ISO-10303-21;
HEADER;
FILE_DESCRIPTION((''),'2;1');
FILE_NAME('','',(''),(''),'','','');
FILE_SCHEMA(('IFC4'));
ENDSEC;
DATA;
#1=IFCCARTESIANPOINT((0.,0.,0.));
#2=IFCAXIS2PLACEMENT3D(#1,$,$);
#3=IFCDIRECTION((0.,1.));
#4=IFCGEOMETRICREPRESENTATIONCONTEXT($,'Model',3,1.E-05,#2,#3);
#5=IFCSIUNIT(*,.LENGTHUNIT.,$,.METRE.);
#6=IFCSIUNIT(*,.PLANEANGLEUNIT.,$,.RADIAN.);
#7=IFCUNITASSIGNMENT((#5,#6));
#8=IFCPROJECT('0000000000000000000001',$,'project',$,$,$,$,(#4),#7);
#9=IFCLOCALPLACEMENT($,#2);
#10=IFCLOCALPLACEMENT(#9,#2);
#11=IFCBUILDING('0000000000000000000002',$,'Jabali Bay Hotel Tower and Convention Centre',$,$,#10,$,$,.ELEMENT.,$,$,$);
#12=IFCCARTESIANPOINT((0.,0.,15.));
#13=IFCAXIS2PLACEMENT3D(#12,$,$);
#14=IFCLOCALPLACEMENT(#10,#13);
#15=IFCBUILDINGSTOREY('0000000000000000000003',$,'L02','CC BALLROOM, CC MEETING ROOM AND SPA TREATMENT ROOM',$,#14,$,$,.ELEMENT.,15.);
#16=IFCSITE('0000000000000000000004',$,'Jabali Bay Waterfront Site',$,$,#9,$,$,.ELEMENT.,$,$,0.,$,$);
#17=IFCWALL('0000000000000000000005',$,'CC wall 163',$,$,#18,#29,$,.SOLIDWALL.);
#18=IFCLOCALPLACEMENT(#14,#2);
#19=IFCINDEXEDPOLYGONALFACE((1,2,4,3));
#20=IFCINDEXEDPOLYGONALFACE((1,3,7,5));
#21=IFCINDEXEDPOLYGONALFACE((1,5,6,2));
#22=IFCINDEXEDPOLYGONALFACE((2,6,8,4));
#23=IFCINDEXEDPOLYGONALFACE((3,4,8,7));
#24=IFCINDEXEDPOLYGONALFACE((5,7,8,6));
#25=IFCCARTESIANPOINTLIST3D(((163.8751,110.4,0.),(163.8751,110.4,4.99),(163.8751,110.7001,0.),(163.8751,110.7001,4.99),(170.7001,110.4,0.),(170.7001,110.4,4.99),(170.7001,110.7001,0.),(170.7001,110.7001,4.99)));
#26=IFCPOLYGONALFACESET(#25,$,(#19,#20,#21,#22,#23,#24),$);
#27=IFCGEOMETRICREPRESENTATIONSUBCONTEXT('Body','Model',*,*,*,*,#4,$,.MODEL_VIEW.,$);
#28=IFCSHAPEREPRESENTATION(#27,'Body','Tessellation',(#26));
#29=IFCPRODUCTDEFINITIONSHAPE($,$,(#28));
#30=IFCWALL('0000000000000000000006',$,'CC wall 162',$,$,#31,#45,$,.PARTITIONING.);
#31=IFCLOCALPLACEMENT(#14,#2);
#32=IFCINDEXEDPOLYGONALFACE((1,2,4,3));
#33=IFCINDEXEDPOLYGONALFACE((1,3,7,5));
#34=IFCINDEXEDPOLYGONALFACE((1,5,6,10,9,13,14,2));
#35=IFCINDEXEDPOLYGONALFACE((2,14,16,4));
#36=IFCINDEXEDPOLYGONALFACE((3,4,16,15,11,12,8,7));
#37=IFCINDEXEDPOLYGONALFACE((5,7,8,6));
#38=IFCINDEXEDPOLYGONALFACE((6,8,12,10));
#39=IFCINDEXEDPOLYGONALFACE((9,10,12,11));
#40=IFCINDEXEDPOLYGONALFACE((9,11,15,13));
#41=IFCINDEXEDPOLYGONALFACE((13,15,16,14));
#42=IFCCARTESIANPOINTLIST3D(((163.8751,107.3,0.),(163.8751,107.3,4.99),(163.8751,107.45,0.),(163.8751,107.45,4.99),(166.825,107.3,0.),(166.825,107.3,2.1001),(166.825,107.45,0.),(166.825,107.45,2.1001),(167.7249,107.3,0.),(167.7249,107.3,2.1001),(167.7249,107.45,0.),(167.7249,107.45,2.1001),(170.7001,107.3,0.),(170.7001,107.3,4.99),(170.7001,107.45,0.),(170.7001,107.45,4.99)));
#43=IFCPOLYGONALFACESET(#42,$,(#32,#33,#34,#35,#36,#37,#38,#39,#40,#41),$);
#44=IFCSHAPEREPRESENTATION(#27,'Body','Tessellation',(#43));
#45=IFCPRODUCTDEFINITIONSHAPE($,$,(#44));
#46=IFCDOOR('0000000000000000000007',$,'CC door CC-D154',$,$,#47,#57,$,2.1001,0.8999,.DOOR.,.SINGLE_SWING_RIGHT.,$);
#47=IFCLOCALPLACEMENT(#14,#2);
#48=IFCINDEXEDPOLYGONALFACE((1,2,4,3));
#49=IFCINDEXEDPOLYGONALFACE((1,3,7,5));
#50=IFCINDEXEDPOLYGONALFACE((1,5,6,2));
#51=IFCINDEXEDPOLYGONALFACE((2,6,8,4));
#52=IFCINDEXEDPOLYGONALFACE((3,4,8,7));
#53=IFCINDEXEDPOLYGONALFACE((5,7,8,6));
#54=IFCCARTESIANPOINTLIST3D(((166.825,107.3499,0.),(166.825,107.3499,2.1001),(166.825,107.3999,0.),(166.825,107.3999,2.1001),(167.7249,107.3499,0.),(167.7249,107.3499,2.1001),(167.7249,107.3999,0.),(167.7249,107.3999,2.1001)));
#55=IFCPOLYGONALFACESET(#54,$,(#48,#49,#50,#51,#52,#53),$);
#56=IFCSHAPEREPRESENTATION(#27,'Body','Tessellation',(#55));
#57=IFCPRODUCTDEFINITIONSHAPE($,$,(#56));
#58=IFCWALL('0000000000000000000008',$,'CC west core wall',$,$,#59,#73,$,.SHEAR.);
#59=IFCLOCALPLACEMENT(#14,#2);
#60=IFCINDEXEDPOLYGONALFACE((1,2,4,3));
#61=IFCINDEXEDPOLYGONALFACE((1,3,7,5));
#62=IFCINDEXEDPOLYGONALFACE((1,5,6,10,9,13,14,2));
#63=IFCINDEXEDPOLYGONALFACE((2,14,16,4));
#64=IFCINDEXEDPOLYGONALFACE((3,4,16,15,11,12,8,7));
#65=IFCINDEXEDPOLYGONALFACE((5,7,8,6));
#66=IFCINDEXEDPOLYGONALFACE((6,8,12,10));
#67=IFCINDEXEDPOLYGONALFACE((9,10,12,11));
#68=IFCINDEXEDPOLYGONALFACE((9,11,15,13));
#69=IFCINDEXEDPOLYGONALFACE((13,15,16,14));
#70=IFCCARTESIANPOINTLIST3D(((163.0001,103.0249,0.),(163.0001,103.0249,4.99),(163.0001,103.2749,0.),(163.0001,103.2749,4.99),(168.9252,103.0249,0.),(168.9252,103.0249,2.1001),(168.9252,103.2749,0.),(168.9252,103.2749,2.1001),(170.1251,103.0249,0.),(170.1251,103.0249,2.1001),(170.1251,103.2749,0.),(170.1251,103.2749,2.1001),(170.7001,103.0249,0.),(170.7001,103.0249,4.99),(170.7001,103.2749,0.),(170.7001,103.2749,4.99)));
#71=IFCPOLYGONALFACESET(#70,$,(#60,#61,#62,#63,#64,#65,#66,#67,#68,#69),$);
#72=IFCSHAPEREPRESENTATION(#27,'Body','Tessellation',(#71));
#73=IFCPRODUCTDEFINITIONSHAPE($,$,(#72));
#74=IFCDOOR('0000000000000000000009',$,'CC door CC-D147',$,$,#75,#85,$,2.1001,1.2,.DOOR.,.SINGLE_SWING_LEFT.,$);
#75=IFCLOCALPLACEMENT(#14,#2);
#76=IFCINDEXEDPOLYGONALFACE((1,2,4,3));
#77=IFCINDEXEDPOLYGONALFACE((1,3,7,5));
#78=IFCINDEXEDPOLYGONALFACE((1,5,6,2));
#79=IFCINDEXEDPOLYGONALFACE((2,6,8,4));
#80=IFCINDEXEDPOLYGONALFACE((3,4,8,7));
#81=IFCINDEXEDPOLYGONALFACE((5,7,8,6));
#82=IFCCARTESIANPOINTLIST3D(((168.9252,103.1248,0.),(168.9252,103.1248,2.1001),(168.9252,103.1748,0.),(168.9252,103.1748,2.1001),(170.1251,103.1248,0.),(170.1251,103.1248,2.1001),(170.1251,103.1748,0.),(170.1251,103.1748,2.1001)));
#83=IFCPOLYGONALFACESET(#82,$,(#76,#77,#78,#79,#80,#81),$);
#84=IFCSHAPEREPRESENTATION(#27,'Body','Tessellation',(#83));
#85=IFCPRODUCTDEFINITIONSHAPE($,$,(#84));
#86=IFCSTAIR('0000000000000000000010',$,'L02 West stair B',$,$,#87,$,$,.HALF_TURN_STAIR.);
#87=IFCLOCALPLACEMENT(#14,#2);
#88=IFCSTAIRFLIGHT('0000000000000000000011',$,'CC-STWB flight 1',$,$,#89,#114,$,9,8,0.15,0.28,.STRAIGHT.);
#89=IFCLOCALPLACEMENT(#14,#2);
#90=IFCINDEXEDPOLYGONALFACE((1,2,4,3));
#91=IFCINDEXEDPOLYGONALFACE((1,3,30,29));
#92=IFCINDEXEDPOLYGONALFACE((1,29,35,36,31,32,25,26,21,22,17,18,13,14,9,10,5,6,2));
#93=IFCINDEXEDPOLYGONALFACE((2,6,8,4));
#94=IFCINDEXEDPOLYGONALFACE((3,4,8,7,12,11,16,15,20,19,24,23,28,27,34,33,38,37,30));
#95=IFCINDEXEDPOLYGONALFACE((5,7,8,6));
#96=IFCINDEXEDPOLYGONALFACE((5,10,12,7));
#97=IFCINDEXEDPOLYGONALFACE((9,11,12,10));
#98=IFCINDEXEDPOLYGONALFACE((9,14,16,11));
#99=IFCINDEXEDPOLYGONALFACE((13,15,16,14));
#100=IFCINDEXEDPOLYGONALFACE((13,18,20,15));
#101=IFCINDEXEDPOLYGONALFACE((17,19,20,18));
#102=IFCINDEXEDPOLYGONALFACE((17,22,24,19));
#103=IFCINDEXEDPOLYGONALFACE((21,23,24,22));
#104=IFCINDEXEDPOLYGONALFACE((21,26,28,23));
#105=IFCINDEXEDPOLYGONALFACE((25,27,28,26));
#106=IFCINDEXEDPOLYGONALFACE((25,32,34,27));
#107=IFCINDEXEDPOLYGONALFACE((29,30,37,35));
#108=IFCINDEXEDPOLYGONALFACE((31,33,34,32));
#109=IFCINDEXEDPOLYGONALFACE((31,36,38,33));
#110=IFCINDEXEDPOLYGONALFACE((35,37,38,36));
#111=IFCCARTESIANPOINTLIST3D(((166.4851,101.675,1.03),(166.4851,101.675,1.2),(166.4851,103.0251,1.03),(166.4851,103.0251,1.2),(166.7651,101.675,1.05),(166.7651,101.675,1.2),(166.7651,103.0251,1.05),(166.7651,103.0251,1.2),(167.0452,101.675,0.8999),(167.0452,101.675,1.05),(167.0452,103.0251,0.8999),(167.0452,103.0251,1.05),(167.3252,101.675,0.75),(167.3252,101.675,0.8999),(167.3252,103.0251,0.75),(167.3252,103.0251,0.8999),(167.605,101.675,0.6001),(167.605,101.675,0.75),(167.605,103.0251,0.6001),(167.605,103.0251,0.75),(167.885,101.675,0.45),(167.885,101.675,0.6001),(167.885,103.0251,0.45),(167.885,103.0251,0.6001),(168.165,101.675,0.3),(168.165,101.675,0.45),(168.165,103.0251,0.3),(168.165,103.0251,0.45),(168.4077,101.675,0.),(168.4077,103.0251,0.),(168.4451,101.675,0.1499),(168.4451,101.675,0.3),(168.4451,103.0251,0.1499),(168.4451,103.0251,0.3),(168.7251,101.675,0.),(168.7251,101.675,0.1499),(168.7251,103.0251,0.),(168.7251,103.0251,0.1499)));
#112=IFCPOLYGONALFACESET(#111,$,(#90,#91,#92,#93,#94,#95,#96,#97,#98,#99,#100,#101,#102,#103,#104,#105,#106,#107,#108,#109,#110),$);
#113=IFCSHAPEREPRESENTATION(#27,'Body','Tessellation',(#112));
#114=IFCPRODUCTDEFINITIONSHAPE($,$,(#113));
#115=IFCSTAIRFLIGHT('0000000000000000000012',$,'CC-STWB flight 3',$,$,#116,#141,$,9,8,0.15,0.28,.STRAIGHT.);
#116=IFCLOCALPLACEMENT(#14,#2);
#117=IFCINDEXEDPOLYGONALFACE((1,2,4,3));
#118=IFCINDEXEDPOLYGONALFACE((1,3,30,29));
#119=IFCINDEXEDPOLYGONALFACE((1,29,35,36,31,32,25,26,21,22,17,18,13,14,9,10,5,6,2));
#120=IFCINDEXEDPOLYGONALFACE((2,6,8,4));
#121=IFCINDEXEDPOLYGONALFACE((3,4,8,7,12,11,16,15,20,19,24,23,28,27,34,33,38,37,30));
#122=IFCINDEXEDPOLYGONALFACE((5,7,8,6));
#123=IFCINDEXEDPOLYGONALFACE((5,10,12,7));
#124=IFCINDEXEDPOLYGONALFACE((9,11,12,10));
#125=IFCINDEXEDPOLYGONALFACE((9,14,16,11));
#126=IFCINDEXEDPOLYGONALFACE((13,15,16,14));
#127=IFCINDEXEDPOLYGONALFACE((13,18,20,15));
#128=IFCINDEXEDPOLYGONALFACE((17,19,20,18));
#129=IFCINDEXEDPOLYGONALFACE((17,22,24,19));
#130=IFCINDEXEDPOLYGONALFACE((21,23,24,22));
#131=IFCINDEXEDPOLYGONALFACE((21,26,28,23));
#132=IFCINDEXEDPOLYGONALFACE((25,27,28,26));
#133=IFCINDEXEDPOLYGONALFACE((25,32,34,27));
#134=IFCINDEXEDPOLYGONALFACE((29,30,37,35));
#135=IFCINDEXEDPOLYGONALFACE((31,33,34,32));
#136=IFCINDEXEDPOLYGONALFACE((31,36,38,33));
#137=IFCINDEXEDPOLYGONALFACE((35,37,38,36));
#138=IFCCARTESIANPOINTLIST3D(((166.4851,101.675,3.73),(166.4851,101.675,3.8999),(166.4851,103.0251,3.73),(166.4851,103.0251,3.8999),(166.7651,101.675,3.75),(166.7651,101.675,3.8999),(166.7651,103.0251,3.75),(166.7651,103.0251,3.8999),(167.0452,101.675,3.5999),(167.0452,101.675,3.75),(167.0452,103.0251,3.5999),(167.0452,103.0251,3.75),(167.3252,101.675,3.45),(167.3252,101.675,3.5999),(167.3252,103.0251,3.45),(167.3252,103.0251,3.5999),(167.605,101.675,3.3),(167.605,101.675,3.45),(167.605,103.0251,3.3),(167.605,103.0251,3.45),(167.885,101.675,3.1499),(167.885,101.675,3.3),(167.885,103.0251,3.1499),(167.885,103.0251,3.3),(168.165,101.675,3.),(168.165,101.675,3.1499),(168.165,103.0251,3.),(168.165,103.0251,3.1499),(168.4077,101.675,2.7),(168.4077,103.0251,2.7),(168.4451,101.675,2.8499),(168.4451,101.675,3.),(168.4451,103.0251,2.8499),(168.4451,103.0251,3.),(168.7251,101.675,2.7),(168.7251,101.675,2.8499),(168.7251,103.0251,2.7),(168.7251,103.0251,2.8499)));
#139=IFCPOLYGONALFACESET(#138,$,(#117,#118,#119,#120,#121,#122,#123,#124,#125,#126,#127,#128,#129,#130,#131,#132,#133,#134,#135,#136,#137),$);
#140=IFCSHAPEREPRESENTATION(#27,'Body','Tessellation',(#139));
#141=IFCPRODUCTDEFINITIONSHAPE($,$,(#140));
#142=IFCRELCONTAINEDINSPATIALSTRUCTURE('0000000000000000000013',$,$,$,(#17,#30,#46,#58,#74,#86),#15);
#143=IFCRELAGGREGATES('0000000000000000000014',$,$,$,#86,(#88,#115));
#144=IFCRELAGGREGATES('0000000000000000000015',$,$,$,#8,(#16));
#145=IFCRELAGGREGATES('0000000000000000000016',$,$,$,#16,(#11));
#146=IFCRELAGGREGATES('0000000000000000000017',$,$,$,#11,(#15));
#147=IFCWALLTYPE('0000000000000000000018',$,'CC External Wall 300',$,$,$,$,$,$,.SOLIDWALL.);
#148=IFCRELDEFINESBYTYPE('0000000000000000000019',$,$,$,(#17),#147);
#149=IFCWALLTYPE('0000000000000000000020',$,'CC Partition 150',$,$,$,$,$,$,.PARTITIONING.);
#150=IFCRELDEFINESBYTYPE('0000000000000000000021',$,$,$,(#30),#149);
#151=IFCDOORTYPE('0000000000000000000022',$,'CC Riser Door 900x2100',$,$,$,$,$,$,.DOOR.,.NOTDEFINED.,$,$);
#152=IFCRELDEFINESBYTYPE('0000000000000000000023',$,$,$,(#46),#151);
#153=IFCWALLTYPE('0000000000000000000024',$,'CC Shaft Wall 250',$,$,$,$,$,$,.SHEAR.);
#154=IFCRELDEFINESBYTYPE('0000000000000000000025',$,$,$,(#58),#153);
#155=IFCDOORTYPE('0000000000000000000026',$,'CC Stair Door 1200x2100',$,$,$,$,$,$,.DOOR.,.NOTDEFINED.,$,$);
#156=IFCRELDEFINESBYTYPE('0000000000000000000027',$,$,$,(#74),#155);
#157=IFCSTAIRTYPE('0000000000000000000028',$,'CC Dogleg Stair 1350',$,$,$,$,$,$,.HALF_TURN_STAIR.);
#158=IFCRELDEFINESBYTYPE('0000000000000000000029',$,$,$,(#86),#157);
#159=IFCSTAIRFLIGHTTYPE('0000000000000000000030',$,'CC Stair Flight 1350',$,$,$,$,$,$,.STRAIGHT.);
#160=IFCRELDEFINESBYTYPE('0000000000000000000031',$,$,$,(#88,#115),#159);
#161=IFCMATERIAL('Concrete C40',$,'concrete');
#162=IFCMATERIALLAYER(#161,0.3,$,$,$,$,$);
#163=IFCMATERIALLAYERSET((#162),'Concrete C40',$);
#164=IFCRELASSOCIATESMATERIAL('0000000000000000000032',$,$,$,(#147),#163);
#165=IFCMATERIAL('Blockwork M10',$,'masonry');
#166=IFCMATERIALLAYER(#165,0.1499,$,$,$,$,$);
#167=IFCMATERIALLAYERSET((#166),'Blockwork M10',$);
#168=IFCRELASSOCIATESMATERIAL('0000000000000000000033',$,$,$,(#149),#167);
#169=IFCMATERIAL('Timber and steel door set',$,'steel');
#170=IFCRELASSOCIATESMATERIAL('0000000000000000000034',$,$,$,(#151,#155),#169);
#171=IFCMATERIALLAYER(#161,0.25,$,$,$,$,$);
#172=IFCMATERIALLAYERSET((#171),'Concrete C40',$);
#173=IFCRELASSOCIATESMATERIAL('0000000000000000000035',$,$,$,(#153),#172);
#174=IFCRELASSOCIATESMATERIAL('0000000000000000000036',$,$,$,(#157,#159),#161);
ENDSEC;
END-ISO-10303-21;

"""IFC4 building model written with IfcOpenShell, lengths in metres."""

from ifc_helpers import new_model, si_unit, direction, frame, frame_2d, origin, place, context, subcontext, project, spatial, polyline, rectangle, outline, extrude, material, layer, layer_set, type_object, element, fill, aggregate, save


model = new_model("IFC4")

# Units and contexts
model_context = context("Model", 3, precision=1e-05, world=origin(), true_north=direction((0.0, 1.0)))
body_context = subcontext(model_context, "Body", "Model", "MODEL_VIEW")
ifc_project = project(units=[si_unit("LENGTHUNIT", "METRE"), si_unit("PLANEANGLEUNIT", "RADIAN")], contexts=[model_context])

# Site, building, storey
site_placement = place(None, origin())
site = spatial("IfcSite", under=ifc_project, at=site_placement, Name="Jabali Bay Waterfront Site", CompositionType="ELEMENT", RefElevation=0.0)
building_placement = place(site_placement, origin())
building = spatial("IfcBuilding", under=site, at=building_placement, Name="Jabali Bay Hotel Tower and Convention Centre", CompositionType="ELEMENT")
storey_placement = place(building_placement, frame((0.0, 0.0, 15.0)))
storey = spatial("IfcBuildingStorey", under=building, at=storey_placement, Name="L02", Description="CC BALLROOM, CC MEETING ROOM AND SPA TREATMENT ROOM", CompositionType="ELEMENT", Elevation=15.0)

# Wall
ifc_material_1 = material(Name="Concrete C40", Category="concrete")
ifc_layer_1 = layer(ifc_material_1, 0.3)
ifc_layer_set_1 = layer_set([ifc_layer_1], Name="Concrete C40")
wall_type_1 = type_object("IfcWallType", Name="CC External Wall 300", PredefinedType="SOLIDWALL", material=ifc_layer_set_1)
wall_1_placement = place(storey_placement, frame((163.875, 110.55, 0.0), z_axis=(0.0, 0.0, 1.0), x_axis=(1.0, 0.0, 0.0)))
element("IfcWall", 1, at=wall_1_placement, inside=storey, type_object=wall_type_1, Name="CC wall 163", PredefinedType="SOLIDWALL", context=body_context, shape_type="SweptSolid", body=[
    extrude(rectangle(XDim=6.825, YDim=0.3, at=frame_2d((3.4126, 0.0))), origin(), (0.0, 0.0, 1.0), 4.99),
])

# Walls, openings, doors
ifc_material_2 = material(Name="Blockwork M10", Category="masonry")
ifc_layer_2 = layer(ifc_material_2, 0.1499)
ifc_layer_set_2 = layer_set([ifc_layer_2], Name="Blockwork M10")
wall_type_2 = type_object("IfcWallType", Name="CC Partition 150", PredefinedType="PARTITIONING", material=ifc_layer_set_2)
wall_2_placement = place(storey_placement, frame((163.875, 107.375, 0.0), z_axis=(0.0, 0.0, 1.0), x_axis=(1.0, 0.0, 0.0)))
wall_2 = element("IfcWall", 2, at=wall_2_placement, inside=storey, type_object=wall_type_2, Name="CC wall 162", PredefinedType="PARTITIONING", context=body_context, shape_type="SweptSolid", body=[
    extrude(rectangle(XDim=6.825, YDim=0.1499, at=frame_2d((3.4126, 0.0))), origin(), (0.0, 0.0, 1.0), 4.99),
])
opening_1_placement = place(wall_2_placement, frame((2.95, 0.0, 0.0)))
opening_1 = element("IfcOpeningElement", 3, at=opening_1_placement, cuts=wall_2, PredefinedType="OPENING", context=body_context, shape_type="SweptSolid", body=[
    extrude(rectangle(XDim=0.8999, YDim=2.1001, at=frame_2d((0.45, 1.05))), frame((0.0, 0.0854, 0.0), z_axis=(0.0, -1.0, 0.0), x_axis=(1.0, 0.0, 0.0)), (0.0, 0.0, 1.0), 0.1709),
])
ifc_material_3 = material(Name="Timber and steel door set", Category="steel")
door_type_1 = type_object("IfcDoorType", Name="CC Riser Door 900x2100", OperationType="NOTDEFINED", PredefinedType="DOOR", material=ifc_material_3)
door_1_placement = place(opening_1_placement, origin())
door_1 = element("IfcDoor", 4, at=door_1_placement, inside=storey, type_object=door_type_1, Name="CC door CC-D154", OperationType="SINGLE_SWING_RIGHT", OverallHeight=2.1001, OverallWidth=0.8999, PredefinedType="DOOR", context=body_context, shape_type="SweptSolid", body=[
    extrude(rectangle(XDim=0.8999, YDim=2.1001, at=frame_2d((0.45, 1.05))), frame((0.0, 0.0249, 0.0), z_axis=(0.0, -1.0, 0.0), x_axis=(1.0, 0.0, 0.0)), (0.0, 0.0, 1.0), 0.05),
])
fill(opening_1, door_1)
ifc_layer_3 = layer(ifc_material_1, 0.25)
ifc_layer_set_3 = layer_set([ifc_layer_3], Name="Concrete C40")
wall_type_3 = type_object("IfcWallType", Name="CC Shaft Wall 250", PredefinedType="SHEAR", material=ifc_layer_set_3)
wall_3_placement = place(storey_placement, frame((163.0, 103.1499, 0.0), z_axis=(0.0, 0.0, 1.0), x_axis=(1.0, 0.0, 0.0)))
wall_3 = element("IfcWall", 5, at=wall_3_placement, inside=storey, type_object=wall_type_3, Name="CC west core wall", PredefinedType="SHEAR", context=body_context, shape_type="SweptSolid", body=[
    extrude(rectangle(XDim=7.7, YDim=0.25, at=frame_2d((3.8501, 0.0))), origin(), (0.0, 0.0, 1.0), 4.99),
])
opening_2_placement = place(wall_3_placement, frame((5.925, 0.0, 0.0)))
opening_2 = element("IfcOpeningElement", 6, at=opening_2_placement, cuts=wall_3, PredefinedType="OPENING", context=body_context, shape_type="SweptSolid", body=[
    extrude(rectangle(XDim=1.2, YDim=2.1001, at=frame_2d((0.6001, 1.05))), frame((0.0, 0.1355, 0.0), z_axis=(0.0, -1.0, 0.0), x_axis=(1.0, 0.0, 0.0)), (0.0, 0.0, 1.0), 0.271),
])
door_type_2 = type_object("IfcDoorType", Name="CC Stair Door 1200x2100", OperationType="NOTDEFINED", PredefinedType="DOOR", material=ifc_material_3)
door_2_placement = place(opening_2_placement, origin())
door_2 = element("IfcDoor", 7, at=door_2_placement, inside=storey, type_object=door_type_2, Name="CC door CC-D147", OperationType="SINGLE_SWING_LEFT", OverallHeight=2.1001, OverallWidth=1.2, PredefinedType="DOOR", context=body_context, shape_type="SweptSolid", body=[
    extrude(rectangle(XDim=1.2, YDim=2.1001, at=frame_2d((0.6001, 1.05))), frame((0.0, 0.0249, 0.0), z_axis=(0.0, -1.0, 0.0), x_axis=(1.0, 0.0, 0.0)), (0.0, 0.0, 1.0), 0.05),
])
fill(opening_2, door_2)

# Stair, stair flights
stair_type = type_object("IfcStairType", Name="CC Dogleg Stair 1350", PredefinedType="HALF_TURN_STAIR", material=ifc_material_1)
stair_placement = place(storey_placement, origin())
stair = element("IfcStair", 8, at=stair_placement, inside=storey, type_object=stair_type, Name="L02 West stair B", PredefinedType="HALF_TURN_STAIR")
stair_flight_type = type_object("IfcStairFlightType", Name="CC Stair Flight 1350", PredefinedType="STRAIGHT", material=ifc_material_1)
stair_flight_1_placement = place(storey_placement, frame((168.7251, 102.3501, 0.0), z_axis=(0.0, 0.0, 1.0), x_axis=(-1.0, 0.0, 0.0)))
stair_flight_1 = element("IfcStairFlight", 9, at=stair_flight_1_placement, type_object=stair_flight_type, Name="CC-STWB flight 1", NumberOfRisers=9, NumberOfTreads=8, PredefinedType="STRAIGHT", RiserHeight=0.15, TreadLength=0.28, context=body_context, shape_type="SweptSolid", body=[
    extrude(outline(polyline([(0.0, 0.0), (0.0, 0.1499), (0.28, 0.1499), (0.28, 0.3), (0.5601, 0.3), (0.5601, 0.45), (0.8401, 0.45), (0.8401, 0.6001), (1.1201, 0.6001), (1.1201, 0.75), (1.3999, 0.75), (1.3999, 0.8999), (1.6799, 0.8999), (1.6799, 1.05), (1.96, 1.05), (1.96, 1.2), (2.24, 1.2), (2.24, 1.3501), (2.24, 1.03), (0.3174, 0.0), (0.0, 0.0)])), frame((0.0, 0.675, 0.0), z_axis=(0.0, -1.0, 0.0), x_axis=(1.0, 0.0, 0.0)), (0.0, 0.0, 1.0), 1.3501),
])
stair_flight_2_placement = place(storey_placement, frame((168.7251, 102.3501, 2.7), z_axis=(0.0, 0.0, 1.0), x_axis=(-1.0, 0.0, 0.0)))
stair_flight_2 = element("IfcStairFlight", 10, at=stair_flight_2_placement, type_object=stair_flight_type, Name="CC-STWB flight 3", NumberOfRisers=9, NumberOfTreads=8, PredefinedType="STRAIGHT", RiserHeight=0.15, TreadLength=0.28, context=body_context, shape_type="SweptSolid", body=[
    extrude(outline(polyline([(0.0, 0.0), (0.0, 0.1499), (0.28, 0.1499), (0.28, 0.3), (0.5601, 0.3), (0.5601, 0.45), (0.8401, 0.45), (0.8401, 0.6001), (1.1201, 0.6001), (1.1201, 0.75), (1.3999, 0.75), (1.3999, 0.8999), (1.6799, 0.8999), (1.6799, 1.05), (1.96, 1.05), (1.96, 1.2), (2.24, 1.2), (2.24, 1.3501), (2.24, 1.03), (0.3174, 0.0), (0.0, 0.0)])), frame((0.0, 0.675, 0.0), z_axis=(0.0, -1.0, 0.0), x_axis=(1.0, 0.0, 0.0)), (0.0, 0.0, 1.0), 1.3501),
])
aggregate(stair, [stair_flight_1, stair_flight_2])

save(model, "model.ifc")
